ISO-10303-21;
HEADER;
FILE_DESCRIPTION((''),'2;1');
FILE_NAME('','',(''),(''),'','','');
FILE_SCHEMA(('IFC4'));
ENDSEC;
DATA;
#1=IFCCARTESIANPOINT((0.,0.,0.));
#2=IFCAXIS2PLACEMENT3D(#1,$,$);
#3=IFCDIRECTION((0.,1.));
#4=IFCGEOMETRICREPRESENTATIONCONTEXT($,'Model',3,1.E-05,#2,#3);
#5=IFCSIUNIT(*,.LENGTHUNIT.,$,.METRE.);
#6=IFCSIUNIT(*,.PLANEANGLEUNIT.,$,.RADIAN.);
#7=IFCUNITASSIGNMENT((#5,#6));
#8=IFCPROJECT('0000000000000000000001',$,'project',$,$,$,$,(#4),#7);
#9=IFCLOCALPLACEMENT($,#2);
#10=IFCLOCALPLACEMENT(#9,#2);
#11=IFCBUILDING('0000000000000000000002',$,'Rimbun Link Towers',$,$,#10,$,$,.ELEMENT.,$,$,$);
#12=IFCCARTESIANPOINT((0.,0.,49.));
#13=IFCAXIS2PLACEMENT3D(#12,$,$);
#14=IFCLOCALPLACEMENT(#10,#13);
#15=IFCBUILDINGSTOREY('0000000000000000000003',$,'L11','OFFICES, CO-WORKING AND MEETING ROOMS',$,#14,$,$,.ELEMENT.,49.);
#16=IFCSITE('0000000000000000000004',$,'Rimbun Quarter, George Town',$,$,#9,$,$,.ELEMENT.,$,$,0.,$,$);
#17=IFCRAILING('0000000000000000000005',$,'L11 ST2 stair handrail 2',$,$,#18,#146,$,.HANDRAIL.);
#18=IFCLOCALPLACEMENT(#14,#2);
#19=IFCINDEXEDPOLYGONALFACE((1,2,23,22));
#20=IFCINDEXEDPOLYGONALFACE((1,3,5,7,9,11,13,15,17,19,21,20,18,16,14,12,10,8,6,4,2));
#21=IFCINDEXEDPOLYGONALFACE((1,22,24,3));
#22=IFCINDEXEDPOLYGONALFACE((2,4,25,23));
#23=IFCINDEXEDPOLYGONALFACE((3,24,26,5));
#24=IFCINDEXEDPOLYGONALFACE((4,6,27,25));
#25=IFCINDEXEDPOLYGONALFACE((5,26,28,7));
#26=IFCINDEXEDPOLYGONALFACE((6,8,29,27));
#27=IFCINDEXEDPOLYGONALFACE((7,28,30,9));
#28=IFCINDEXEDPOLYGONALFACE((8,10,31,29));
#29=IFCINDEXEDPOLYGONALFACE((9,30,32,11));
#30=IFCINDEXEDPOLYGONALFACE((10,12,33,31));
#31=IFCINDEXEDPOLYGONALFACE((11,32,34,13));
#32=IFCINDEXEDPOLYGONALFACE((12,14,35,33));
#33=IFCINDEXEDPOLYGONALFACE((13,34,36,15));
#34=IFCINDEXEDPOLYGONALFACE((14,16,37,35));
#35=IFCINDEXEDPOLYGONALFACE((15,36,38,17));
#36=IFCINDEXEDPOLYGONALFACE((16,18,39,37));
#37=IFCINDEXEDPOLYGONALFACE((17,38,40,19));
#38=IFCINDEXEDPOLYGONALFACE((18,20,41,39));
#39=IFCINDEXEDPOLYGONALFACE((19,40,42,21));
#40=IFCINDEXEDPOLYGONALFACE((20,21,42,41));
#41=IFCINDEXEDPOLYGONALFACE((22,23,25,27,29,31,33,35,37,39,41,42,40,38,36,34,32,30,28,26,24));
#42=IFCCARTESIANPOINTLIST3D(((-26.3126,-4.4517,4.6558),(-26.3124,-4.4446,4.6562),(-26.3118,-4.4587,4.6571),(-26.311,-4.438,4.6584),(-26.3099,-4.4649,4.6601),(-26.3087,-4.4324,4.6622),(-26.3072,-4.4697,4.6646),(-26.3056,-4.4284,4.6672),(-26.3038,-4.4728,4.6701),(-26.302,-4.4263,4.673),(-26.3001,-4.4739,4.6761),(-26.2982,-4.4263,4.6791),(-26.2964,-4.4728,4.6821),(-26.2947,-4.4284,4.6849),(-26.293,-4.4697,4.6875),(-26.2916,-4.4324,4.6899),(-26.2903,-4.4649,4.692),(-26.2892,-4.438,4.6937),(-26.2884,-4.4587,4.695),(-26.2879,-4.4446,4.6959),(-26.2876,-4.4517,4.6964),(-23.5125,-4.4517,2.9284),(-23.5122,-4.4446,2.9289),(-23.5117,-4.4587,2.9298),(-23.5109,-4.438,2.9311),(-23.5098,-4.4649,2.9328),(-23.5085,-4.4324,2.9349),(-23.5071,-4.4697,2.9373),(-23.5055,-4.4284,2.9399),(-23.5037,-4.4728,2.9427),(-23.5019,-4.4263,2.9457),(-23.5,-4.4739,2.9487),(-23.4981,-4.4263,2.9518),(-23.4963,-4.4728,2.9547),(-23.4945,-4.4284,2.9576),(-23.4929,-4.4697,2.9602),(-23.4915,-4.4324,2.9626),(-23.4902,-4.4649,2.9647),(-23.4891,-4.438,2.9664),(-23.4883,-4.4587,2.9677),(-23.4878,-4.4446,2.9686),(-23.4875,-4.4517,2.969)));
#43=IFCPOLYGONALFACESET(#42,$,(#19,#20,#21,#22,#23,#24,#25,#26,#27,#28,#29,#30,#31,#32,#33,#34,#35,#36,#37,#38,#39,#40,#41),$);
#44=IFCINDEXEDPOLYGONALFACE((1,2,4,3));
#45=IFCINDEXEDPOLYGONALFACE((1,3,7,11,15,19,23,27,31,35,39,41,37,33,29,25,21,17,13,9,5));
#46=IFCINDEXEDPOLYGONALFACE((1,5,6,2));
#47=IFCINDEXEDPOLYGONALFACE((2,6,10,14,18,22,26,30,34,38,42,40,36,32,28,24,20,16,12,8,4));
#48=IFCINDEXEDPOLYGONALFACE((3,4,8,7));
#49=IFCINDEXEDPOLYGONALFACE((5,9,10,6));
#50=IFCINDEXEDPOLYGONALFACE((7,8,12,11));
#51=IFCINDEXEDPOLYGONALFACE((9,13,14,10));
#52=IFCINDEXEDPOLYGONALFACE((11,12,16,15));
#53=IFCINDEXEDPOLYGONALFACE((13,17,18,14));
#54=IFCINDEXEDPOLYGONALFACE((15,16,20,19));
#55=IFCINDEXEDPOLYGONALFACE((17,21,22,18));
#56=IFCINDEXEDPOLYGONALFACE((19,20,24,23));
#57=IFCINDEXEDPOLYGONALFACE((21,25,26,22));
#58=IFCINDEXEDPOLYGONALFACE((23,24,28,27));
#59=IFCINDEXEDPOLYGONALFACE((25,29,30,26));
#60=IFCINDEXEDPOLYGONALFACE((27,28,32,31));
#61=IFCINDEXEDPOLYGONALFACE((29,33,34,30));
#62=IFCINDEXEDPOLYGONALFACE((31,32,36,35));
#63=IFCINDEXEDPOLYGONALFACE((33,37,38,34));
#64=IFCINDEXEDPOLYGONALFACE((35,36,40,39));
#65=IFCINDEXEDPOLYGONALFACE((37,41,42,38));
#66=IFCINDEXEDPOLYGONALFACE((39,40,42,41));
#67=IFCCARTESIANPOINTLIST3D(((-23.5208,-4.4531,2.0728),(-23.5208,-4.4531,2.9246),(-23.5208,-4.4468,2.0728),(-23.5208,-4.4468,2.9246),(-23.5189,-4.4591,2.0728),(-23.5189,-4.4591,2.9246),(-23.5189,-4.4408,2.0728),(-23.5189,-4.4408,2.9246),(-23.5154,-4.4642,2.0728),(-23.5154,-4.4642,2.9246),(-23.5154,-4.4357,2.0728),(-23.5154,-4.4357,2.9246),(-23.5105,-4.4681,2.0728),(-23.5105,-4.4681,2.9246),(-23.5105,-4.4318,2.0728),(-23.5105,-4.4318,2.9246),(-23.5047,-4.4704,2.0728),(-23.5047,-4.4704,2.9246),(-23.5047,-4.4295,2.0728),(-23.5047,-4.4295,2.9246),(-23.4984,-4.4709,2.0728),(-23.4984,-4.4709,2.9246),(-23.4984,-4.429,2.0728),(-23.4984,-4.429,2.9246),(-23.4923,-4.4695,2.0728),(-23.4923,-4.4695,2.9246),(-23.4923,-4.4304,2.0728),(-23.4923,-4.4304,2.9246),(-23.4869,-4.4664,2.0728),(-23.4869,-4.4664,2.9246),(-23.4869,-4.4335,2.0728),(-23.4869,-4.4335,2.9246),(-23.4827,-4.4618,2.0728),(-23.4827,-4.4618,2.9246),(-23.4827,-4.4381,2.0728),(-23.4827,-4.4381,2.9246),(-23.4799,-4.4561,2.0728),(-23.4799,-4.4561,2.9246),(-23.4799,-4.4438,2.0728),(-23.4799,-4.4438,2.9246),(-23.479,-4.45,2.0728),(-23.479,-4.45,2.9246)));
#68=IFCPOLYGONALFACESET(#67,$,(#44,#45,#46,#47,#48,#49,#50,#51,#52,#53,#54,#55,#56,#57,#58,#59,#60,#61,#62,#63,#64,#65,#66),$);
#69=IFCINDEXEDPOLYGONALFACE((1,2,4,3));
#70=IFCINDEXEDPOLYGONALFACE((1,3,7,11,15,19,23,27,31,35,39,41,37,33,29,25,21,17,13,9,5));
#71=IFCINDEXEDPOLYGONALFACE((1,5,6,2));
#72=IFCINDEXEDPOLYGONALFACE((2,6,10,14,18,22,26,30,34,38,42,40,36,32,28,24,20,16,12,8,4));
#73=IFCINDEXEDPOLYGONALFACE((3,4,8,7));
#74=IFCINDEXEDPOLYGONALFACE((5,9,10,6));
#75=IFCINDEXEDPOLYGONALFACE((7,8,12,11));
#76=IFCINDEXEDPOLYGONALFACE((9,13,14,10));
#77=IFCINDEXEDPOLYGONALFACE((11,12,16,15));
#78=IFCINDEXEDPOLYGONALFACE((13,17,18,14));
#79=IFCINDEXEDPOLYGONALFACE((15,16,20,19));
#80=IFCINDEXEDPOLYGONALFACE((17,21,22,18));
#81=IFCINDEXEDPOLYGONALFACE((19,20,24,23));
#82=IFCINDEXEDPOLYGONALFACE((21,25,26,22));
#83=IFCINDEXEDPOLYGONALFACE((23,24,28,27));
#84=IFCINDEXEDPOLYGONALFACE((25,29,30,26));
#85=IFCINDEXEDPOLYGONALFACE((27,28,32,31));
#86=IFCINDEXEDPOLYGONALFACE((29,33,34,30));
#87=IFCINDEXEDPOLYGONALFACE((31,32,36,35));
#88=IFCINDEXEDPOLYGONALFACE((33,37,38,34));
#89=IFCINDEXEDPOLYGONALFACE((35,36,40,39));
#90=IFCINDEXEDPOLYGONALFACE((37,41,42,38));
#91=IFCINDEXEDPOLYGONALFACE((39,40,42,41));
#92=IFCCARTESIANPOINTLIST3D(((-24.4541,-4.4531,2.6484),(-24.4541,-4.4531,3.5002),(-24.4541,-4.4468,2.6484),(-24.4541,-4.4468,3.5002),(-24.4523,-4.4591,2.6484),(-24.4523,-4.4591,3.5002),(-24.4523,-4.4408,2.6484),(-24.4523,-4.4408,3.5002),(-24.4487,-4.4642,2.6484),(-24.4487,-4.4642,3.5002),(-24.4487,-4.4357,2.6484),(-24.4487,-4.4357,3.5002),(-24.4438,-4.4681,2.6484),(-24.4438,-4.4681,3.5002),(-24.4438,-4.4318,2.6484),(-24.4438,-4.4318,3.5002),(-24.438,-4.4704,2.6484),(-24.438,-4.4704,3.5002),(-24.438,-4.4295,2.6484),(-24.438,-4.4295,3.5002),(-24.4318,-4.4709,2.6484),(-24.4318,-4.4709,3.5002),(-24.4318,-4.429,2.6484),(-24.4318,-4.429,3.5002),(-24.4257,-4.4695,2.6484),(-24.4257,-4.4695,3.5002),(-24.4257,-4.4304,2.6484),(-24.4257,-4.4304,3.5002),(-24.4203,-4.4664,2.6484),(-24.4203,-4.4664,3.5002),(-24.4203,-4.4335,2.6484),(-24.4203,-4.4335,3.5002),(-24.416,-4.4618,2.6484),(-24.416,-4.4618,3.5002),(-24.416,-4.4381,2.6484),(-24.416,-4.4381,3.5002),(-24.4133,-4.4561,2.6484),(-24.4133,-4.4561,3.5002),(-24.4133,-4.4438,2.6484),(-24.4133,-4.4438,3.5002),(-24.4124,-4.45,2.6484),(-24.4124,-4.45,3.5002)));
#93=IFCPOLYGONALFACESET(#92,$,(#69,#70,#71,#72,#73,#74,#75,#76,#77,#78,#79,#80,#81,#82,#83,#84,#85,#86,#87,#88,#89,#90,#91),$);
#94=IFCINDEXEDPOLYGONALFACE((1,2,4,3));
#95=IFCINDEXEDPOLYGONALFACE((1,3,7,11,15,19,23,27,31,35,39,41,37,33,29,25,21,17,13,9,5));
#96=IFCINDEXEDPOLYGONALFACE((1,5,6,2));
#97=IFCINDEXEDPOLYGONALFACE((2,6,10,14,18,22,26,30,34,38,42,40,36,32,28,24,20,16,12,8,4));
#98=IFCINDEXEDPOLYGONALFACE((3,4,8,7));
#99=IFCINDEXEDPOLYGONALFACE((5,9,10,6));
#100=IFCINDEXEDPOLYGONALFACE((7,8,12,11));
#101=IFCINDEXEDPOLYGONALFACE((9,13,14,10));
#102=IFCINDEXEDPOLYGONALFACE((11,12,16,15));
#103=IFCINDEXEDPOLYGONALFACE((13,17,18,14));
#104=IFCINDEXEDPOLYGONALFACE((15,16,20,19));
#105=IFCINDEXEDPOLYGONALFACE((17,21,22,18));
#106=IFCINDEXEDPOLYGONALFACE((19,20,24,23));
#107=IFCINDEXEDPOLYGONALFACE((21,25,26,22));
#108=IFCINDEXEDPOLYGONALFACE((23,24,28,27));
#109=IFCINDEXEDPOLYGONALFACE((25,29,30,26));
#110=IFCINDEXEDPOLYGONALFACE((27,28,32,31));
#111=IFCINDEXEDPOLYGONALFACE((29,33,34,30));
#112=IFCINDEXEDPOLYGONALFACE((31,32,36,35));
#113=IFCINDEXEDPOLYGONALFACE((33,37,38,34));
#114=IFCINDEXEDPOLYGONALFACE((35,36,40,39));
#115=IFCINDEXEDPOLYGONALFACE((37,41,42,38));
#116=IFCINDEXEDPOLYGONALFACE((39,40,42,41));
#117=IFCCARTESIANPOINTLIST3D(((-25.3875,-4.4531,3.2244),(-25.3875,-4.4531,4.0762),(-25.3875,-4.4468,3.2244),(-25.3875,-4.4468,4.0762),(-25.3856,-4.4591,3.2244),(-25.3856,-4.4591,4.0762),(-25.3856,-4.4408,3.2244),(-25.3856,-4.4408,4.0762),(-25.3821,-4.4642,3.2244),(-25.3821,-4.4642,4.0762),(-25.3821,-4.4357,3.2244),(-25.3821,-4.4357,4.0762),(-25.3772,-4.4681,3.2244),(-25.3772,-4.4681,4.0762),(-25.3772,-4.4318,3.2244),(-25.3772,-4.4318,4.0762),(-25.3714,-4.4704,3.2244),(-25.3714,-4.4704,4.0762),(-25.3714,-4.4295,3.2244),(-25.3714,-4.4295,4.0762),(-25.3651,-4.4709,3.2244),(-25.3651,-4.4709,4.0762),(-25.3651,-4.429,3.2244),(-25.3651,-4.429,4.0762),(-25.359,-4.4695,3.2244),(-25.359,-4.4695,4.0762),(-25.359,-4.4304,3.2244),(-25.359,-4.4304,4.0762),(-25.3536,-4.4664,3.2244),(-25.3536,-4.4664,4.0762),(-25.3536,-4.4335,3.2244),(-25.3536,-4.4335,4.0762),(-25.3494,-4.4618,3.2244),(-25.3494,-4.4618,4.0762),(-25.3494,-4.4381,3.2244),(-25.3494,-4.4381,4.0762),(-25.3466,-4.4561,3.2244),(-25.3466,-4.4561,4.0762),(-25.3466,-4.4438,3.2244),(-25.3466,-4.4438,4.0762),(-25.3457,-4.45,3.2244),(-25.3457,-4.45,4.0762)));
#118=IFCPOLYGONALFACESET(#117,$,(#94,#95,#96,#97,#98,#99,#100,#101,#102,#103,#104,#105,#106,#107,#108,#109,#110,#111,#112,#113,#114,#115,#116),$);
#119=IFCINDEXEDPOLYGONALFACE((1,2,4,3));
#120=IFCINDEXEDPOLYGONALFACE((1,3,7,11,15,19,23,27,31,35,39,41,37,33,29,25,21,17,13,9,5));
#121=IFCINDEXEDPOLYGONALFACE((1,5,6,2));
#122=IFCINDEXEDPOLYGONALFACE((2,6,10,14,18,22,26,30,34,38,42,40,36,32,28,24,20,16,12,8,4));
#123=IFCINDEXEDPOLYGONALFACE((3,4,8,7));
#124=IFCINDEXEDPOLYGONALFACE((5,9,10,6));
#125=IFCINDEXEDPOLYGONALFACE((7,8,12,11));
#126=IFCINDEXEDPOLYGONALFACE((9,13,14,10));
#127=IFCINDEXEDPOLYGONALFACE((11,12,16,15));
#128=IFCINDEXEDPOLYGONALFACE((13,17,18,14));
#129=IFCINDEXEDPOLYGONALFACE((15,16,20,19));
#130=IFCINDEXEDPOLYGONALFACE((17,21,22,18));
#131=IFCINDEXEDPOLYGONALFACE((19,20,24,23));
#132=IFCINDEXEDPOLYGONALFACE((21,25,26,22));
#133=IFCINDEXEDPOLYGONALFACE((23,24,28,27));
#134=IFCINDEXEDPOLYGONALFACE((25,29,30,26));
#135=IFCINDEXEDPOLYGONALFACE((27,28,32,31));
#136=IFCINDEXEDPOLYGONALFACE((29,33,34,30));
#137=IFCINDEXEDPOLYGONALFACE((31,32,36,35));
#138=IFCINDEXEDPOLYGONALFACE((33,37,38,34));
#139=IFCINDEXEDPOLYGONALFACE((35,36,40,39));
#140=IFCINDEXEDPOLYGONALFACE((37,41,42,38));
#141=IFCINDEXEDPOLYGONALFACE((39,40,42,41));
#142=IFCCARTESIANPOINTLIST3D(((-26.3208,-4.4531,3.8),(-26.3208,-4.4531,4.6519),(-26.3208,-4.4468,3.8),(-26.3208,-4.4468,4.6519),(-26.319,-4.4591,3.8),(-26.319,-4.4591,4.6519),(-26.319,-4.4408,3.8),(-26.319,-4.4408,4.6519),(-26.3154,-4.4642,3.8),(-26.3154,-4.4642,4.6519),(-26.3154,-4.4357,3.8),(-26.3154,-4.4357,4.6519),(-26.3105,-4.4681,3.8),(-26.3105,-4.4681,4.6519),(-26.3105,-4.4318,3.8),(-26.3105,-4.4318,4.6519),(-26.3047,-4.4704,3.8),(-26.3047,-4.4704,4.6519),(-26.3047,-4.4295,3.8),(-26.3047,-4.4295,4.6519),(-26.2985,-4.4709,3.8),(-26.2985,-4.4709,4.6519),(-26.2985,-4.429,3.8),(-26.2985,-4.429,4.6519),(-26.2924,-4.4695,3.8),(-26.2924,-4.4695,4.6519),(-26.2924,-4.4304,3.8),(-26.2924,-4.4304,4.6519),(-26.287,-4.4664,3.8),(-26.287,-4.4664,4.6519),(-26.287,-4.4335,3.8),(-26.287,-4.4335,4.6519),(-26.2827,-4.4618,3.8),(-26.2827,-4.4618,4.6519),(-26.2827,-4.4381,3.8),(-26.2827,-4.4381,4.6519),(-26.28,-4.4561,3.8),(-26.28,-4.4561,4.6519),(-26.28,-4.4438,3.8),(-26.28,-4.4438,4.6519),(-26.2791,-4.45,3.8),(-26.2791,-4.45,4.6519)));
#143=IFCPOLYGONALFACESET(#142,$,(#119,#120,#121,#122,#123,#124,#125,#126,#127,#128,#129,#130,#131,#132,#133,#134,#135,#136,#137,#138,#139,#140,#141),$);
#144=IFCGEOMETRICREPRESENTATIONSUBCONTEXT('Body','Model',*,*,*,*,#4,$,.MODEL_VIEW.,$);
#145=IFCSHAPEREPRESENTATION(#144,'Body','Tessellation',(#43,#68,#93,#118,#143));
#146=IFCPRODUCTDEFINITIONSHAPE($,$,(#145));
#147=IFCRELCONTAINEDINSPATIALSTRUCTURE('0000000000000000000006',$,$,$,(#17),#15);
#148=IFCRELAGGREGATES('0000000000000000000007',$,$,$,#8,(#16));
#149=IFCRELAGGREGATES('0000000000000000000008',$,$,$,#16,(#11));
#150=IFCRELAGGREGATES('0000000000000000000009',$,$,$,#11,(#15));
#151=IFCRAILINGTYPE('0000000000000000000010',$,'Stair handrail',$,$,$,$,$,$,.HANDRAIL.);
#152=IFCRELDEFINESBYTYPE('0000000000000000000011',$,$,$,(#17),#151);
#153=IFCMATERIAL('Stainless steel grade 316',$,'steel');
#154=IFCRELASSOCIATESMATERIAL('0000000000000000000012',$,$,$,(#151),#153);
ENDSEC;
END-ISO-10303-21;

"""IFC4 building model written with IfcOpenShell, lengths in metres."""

from ifc_helpers import new_model, si_unit, direction, frame, origin, origin_2d, place, context, subcontext, project, spatial, circle, extrude, material, type_object, element, save


model = new_model("IFC4")

# Units and contexts
model_context = context("Model", 3, precision=1e-05, world=origin(), true_north=direction((0.0, 1.0)))
body_context = subcontext(model_context, "Body", "Model", "MODEL_VIEW")
ifc_project = project(units=[si_unit("LENGTHUNIT", "METRE"), si_unit("PLANEANGLEUNIT", "RADIAN")], contexts=[model_context])

# Site, building, storey
site_placement = place(None, origin())
site = spatial("IfcSite", under=ifc_project, at=site_placement, Name="Rimbun Quarter, George Town", CompositionType="ELEMENT", RefElevation=0.0)
building_placement = place(site_placement, origin())
building = spatial("IfcBuilding", under=site, at=building_placement, Name="Rimbun Link Towers", CompositionType="ELEMENT")
storey_placement = place(building_placement, frame((0.0, 0.0, 49.0)))
storey = spatial("IfcBuildingStorey", under=building, at=storey_placement, Name="L11", Description="OFFICES, CO-WORKING AND MEETING ROOMS", CompositionType="ELEMENT", Elevation=49.0)

# Railing
ifc_material_1 = material(Name="Stainless steel grade 316", Category="steel")
railing_type_1 = type_object("IfcRailingType", Name="Stair handrail", PredefinedType="HANDRAIL", material=ifc_material_1)
railing_1_placement = place(storey_placement, frame((-23.5, -4.45, 2.0728)))
element("IfcRailing", 1, at=railing_1_placement, inside=storey, type_object=railing_type_1, Name="L11 ST2 stair handrail 2", PredefinedType="HANDRAIL", context=body_context, shape_type="SweptSolid", body=[
    extrude(circle(Radius=0.0239, at=origin_2d()), frame((0.0, 0.0, 0.876), z_axis=(-0.85109, 0.0, 0.52502), x_axis=(0.0, -1.0, 0.0)), (0.0, 0.0, 1.0), 3.29),
    extrude(circle(Radius=0.021, at=origin_2d()), origin(), (0.0, 0.0, 1.0), 0.8518),
    extrude(circle(Radius=0.021, at=origin_2d()), frame((-0.9333, 0.0, 0.5757)), (0.0, 0.0, 1.0), 0.8518),
    extrude(circle(Radius=0.021, at=origin_2d()), frame((-1.8667, 0.0, 1.1516)), (0.0, 0.0, 1.0), 0.8518),
    extrude(circle(Radius=0.021, at=origin_2d()), frame((-2.8, 0.0, 1.7273)), (0.0, 0.0, 1.0), 0.8518),
])

save(model, "model.ifc")
